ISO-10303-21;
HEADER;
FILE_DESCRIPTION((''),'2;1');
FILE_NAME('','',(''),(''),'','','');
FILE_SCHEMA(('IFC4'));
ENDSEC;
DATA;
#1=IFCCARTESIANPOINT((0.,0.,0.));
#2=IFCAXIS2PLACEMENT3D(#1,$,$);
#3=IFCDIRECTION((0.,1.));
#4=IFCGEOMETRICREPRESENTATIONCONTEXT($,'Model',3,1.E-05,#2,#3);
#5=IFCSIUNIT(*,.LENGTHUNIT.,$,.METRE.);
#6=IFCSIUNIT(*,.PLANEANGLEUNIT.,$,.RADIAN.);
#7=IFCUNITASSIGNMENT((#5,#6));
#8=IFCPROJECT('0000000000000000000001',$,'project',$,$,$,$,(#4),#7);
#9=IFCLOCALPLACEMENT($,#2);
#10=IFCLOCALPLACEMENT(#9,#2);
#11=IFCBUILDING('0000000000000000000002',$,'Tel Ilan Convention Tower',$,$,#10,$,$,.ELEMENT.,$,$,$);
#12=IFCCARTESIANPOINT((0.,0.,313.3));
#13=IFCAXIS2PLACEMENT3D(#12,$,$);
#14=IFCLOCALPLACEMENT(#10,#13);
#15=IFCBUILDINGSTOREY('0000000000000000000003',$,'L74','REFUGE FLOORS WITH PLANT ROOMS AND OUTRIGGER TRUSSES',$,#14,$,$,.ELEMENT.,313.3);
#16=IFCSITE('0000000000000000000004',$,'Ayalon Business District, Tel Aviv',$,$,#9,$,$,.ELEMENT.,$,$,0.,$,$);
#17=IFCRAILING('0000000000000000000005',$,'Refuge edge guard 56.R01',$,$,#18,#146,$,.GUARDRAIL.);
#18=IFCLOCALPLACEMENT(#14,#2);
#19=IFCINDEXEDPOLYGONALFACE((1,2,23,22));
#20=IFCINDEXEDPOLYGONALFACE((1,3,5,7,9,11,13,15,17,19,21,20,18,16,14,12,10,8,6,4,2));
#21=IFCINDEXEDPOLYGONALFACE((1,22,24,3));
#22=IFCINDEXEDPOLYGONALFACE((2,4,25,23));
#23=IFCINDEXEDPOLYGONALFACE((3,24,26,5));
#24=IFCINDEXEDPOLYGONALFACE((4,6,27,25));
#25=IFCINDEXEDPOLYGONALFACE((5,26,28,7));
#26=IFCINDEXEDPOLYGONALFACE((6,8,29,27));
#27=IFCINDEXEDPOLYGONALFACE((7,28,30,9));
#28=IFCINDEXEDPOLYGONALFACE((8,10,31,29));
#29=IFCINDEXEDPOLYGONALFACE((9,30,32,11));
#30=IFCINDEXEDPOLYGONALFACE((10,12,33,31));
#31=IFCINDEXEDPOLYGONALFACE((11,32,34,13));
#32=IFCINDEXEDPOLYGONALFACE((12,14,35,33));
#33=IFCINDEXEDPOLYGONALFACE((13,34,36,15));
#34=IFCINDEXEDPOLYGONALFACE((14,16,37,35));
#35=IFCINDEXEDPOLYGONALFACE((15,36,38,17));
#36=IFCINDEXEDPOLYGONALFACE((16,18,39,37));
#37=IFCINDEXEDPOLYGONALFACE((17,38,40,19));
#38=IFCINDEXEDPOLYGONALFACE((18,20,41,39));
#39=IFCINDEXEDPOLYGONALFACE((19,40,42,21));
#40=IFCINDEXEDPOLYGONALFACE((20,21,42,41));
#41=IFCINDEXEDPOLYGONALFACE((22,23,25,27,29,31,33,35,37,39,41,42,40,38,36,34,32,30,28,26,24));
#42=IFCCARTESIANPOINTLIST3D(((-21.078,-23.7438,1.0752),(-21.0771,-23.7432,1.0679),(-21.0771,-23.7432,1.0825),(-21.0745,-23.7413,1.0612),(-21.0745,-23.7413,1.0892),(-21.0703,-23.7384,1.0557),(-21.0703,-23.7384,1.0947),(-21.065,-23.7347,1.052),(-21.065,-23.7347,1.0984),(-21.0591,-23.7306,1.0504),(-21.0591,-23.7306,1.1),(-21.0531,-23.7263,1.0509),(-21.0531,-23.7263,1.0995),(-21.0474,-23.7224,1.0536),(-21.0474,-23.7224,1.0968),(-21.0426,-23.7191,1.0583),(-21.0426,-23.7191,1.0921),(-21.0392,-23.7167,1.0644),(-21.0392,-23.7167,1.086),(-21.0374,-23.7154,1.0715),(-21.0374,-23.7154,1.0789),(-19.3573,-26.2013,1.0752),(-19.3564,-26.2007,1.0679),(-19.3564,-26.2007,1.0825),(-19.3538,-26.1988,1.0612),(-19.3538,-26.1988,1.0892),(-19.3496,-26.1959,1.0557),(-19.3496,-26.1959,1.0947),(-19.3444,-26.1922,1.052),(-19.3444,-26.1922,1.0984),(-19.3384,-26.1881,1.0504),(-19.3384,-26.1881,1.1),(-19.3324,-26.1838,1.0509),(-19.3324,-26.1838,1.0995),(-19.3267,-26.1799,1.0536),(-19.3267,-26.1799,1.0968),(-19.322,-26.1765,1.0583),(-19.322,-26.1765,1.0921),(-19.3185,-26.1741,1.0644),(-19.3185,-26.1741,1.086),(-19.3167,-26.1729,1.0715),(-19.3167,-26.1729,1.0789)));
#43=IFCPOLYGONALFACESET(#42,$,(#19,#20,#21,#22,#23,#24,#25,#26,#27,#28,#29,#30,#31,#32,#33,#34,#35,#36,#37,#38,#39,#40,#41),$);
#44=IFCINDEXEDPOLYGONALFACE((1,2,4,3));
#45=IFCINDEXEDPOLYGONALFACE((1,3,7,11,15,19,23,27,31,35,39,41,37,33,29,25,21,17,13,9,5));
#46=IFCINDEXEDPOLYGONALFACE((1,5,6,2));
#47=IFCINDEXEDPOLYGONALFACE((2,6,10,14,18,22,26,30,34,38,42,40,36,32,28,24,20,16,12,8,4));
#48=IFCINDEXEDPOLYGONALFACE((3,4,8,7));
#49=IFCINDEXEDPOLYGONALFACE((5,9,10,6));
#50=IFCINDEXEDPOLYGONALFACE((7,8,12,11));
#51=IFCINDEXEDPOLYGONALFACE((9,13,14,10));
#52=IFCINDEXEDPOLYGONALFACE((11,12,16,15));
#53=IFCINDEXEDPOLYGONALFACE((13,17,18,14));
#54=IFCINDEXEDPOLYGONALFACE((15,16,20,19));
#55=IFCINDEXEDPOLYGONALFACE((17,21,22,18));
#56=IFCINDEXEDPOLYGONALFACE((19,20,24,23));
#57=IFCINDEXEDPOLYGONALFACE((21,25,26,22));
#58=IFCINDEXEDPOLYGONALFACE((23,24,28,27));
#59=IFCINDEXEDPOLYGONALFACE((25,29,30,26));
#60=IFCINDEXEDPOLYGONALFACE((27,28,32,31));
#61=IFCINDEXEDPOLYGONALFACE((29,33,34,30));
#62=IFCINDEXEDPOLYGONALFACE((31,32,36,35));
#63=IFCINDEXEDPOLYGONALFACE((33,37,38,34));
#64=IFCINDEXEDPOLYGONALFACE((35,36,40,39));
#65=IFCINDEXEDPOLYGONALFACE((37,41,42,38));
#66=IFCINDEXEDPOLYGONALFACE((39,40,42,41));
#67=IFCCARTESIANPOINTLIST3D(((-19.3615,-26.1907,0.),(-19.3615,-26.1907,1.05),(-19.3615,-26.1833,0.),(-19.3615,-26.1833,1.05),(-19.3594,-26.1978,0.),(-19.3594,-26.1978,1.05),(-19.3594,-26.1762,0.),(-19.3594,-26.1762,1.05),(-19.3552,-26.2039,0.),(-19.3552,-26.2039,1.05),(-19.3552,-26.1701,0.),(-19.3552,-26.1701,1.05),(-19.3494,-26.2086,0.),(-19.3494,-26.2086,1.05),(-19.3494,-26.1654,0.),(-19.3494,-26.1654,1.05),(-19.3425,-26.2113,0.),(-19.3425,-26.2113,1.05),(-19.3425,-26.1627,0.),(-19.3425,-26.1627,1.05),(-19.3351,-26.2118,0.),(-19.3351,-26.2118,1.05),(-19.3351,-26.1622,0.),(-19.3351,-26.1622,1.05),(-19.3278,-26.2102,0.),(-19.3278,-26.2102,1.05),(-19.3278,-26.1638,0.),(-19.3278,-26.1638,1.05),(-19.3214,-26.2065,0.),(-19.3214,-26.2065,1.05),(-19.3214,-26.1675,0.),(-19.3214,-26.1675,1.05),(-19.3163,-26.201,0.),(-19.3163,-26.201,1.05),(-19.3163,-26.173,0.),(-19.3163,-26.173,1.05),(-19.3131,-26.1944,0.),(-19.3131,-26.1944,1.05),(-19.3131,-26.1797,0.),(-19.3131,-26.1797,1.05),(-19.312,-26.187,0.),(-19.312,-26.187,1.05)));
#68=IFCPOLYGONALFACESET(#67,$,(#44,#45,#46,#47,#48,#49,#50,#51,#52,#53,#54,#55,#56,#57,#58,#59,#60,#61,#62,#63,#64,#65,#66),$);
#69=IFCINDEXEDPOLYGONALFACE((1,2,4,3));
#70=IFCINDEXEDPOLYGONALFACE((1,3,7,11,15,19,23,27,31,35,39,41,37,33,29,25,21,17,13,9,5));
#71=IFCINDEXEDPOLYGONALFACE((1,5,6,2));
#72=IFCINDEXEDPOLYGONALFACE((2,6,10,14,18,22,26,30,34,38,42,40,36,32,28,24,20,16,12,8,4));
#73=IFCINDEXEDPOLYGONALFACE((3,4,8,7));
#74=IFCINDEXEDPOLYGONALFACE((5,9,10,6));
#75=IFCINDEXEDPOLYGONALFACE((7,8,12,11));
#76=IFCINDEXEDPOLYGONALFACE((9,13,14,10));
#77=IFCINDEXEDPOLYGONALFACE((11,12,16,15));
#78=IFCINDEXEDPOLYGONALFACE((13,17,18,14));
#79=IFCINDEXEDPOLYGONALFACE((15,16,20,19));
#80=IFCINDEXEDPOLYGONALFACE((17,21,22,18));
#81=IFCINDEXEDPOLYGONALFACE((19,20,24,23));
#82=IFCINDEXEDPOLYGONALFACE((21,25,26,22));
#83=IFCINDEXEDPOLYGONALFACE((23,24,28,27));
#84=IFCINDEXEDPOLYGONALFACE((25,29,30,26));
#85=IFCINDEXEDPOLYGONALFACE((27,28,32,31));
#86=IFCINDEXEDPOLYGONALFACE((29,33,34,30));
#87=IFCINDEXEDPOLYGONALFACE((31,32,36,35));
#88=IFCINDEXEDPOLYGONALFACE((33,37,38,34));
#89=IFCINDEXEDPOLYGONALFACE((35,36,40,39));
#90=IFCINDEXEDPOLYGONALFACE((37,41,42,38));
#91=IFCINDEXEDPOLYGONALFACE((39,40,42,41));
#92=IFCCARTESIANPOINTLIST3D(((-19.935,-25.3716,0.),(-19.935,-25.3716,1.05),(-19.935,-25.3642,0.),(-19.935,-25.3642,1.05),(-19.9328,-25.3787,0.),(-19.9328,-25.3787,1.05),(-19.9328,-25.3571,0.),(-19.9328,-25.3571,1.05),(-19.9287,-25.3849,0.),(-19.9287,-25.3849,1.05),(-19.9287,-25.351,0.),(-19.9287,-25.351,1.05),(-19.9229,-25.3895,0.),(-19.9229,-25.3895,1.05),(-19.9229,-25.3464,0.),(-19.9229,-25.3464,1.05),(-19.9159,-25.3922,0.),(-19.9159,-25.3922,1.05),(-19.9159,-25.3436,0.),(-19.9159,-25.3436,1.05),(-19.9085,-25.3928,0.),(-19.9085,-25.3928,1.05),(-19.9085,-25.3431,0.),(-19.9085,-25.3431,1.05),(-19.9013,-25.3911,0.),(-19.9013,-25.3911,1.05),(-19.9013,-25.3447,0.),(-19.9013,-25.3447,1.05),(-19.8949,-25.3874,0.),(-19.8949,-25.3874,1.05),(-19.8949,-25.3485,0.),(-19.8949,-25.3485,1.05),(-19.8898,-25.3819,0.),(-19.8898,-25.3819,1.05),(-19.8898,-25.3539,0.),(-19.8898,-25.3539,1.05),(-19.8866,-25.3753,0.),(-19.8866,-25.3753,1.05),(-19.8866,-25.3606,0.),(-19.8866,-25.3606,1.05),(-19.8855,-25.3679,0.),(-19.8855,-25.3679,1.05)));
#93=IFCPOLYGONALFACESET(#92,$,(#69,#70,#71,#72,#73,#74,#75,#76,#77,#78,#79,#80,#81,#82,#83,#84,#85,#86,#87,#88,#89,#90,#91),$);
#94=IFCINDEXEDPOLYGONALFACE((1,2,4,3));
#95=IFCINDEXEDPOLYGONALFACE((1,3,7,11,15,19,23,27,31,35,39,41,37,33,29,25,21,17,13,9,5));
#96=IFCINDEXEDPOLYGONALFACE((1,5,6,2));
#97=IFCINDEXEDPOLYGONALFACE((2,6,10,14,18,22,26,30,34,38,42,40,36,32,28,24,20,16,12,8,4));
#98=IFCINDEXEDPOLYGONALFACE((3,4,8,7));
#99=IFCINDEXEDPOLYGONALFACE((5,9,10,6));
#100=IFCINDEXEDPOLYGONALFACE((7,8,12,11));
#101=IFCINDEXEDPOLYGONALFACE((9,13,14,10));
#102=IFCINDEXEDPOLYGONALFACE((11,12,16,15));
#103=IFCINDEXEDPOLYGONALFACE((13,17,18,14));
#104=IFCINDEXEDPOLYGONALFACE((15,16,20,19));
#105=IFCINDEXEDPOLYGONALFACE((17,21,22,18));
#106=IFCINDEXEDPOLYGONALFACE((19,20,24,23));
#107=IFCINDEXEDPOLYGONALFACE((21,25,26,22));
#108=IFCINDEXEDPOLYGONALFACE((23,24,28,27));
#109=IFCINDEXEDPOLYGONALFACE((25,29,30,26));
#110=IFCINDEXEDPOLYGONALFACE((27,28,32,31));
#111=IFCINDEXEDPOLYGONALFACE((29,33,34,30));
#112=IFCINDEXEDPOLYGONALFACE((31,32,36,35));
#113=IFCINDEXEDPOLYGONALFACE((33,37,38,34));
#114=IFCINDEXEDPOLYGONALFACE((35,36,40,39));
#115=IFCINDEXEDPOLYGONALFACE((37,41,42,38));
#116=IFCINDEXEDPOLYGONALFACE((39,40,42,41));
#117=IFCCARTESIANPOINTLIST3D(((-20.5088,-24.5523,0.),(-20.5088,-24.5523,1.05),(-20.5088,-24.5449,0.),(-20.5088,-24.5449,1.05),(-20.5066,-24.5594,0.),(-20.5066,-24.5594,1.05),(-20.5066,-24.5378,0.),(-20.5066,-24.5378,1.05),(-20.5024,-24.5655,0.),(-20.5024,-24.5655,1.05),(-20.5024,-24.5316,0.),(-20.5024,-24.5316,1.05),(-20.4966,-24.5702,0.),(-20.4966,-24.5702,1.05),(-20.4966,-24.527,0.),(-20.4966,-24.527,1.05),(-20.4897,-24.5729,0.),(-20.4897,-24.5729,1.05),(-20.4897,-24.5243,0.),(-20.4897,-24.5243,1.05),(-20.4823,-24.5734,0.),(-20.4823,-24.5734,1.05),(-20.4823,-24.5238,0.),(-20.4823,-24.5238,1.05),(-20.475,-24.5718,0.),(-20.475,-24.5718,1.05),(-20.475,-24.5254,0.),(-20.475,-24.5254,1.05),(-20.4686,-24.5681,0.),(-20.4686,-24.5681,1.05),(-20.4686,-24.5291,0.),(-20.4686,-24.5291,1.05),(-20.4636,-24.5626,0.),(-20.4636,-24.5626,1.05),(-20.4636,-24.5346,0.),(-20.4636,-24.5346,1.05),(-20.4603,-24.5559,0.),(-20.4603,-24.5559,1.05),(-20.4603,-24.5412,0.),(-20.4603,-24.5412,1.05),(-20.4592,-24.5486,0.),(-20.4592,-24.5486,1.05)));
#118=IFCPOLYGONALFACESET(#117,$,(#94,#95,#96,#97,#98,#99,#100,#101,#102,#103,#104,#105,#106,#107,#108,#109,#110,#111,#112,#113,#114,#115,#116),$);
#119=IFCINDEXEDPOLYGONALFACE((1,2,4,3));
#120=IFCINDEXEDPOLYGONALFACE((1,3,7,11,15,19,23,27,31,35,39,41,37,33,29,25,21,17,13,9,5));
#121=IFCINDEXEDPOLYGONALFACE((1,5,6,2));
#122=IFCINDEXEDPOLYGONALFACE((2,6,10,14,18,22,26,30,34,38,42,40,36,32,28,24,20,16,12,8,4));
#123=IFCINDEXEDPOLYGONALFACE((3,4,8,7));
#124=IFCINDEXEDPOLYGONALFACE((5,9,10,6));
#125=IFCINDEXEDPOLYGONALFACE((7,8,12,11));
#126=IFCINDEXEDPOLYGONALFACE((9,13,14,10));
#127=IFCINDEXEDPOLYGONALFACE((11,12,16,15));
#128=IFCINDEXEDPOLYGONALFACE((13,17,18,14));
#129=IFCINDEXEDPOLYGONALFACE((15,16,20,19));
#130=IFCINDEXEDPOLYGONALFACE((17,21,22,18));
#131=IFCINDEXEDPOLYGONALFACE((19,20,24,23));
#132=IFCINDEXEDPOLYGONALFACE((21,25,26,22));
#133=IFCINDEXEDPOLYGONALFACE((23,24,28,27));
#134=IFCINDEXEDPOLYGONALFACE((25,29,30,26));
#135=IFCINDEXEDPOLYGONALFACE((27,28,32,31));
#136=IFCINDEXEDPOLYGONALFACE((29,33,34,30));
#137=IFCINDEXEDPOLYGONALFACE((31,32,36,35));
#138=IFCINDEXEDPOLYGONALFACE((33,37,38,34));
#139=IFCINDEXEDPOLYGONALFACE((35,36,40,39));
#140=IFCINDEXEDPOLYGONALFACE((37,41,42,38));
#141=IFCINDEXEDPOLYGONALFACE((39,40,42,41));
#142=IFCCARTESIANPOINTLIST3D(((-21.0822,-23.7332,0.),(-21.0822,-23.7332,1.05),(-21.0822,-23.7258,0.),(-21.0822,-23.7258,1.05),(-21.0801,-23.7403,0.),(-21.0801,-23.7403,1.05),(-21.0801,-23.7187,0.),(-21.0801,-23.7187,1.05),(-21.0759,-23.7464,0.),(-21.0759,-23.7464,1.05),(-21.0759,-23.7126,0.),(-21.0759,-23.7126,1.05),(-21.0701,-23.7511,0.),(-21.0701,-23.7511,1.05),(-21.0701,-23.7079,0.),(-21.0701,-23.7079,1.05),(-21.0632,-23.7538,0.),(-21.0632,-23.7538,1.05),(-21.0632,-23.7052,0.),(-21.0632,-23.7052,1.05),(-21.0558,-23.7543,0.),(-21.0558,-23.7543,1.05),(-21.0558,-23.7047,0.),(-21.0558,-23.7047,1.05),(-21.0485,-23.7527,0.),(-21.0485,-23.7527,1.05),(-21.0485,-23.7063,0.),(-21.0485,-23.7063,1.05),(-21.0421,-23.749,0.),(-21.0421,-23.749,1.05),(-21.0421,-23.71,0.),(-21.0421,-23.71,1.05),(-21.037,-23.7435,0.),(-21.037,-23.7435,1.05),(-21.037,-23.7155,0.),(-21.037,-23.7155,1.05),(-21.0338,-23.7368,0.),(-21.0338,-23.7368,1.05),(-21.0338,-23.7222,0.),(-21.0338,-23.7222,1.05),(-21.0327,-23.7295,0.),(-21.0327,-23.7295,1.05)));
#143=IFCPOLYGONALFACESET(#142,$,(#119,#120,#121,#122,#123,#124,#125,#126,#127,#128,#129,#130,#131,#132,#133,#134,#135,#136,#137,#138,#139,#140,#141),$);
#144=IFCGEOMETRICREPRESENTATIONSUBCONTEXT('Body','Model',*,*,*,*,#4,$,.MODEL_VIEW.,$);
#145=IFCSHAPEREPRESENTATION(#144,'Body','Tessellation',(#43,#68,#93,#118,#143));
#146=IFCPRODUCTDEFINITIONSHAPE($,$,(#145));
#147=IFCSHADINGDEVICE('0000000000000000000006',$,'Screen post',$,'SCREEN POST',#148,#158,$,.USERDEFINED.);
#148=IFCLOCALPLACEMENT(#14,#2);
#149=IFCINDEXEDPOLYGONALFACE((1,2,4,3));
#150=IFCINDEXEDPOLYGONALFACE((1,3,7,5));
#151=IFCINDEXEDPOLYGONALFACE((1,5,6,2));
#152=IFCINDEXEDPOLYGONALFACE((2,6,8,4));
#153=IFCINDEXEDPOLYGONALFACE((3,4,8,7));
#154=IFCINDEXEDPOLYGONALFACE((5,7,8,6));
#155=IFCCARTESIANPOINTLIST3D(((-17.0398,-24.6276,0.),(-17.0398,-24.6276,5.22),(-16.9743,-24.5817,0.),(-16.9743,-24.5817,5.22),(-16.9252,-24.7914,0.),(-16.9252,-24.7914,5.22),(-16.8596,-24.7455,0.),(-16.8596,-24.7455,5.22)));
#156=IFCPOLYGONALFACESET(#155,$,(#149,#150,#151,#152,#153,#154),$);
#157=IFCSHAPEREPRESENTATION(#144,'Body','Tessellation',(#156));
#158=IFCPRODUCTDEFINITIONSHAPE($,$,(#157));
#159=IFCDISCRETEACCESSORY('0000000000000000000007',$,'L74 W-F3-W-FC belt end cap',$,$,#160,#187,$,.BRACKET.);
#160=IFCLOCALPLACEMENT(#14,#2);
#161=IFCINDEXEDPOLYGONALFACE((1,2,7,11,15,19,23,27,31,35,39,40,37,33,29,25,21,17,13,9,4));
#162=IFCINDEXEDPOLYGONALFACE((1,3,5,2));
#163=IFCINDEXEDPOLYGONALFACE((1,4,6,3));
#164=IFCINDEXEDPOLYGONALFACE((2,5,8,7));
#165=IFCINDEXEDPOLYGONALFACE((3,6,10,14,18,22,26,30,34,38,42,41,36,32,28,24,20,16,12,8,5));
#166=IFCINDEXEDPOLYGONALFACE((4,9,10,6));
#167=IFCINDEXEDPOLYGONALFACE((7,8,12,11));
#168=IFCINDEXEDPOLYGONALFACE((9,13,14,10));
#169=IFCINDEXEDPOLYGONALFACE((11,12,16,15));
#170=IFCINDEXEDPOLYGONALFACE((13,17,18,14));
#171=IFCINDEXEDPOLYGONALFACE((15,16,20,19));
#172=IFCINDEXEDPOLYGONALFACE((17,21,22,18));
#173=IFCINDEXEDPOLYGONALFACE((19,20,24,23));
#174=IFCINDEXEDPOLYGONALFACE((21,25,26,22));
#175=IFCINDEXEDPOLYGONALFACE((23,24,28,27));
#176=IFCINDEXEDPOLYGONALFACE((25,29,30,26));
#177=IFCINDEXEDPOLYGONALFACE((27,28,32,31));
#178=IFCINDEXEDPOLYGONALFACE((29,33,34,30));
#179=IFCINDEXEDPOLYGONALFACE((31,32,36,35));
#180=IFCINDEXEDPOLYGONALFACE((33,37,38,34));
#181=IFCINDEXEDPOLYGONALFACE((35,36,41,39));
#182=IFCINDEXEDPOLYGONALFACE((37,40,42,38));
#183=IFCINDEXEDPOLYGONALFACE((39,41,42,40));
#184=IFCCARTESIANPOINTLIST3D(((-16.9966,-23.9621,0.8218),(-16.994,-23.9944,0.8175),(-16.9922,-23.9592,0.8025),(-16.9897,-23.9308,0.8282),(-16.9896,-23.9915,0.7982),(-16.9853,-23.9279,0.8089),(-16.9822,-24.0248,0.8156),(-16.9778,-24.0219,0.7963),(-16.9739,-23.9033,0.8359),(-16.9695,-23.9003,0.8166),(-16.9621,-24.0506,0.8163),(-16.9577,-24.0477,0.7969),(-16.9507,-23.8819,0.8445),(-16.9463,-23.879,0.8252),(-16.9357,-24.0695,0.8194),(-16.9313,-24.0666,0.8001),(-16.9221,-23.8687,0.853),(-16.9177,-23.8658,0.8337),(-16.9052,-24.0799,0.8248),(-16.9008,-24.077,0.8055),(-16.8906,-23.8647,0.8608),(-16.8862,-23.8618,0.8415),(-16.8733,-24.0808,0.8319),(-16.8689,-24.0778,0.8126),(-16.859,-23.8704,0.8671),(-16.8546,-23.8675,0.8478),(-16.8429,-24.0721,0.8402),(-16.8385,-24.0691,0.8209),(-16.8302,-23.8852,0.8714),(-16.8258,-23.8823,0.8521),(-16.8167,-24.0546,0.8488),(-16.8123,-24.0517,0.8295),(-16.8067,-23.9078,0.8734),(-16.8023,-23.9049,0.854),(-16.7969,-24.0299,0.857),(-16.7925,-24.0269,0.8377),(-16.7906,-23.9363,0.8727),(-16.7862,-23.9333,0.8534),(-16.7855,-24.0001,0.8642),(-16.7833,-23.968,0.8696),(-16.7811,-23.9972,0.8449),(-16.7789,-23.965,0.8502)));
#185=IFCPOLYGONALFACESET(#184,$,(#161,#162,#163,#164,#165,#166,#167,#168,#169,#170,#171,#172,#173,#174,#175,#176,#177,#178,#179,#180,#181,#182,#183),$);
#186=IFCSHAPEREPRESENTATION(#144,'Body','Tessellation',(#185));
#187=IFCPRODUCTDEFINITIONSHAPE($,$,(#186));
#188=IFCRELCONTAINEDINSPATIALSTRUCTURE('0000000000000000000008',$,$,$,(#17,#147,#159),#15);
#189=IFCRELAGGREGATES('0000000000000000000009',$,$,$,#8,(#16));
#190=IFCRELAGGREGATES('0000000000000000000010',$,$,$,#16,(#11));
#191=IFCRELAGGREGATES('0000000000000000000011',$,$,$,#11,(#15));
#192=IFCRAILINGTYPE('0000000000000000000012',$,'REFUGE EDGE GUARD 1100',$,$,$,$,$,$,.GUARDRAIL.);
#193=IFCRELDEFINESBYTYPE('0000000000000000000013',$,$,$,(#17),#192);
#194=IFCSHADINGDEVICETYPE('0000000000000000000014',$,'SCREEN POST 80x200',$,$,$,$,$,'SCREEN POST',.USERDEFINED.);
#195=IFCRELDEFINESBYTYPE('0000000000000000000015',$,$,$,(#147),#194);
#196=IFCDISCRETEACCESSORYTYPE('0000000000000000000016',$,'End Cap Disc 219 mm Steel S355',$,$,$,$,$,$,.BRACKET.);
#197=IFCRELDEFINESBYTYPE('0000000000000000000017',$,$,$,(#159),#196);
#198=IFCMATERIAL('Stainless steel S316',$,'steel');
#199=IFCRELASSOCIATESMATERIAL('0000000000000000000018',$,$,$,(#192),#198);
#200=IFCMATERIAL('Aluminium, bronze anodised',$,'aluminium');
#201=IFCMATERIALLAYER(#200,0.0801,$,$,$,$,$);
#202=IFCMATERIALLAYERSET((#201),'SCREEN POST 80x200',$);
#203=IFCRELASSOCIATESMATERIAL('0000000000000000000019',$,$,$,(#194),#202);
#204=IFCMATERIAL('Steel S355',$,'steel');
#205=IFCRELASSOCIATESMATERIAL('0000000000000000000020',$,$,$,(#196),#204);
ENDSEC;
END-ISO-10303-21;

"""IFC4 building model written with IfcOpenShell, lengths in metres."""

from ifc_helpers import new_model, si_unit, direction, frame, origin, origin_2d, place, context, subcontext, project, spatial, rectangle, circle, extrude, material, layer, layer_set, material_profile, profile_set, type_object, element, save


model = new_model("IFC4")

# Units and contexts
model_context = context("Model", 3, precision=1e-05, world=origin(), true_north=direction((0.0, 1.0)))
body_context = subcontext(model_context, "Body", "Model", "MODEL_VIEW")
ifc_project = project(units=[si_unit("LENGTHUNIT", "METRE"), si_unit("PLANEANGLEUNIT", "RADIAN")], contexts=[model_context])

# Site, building, storey
site_placement = place(None, origin())
site = spatial("IfcSite", under=ifc_project, at=site_placement, Name="Ayalon Business District, Tel Aviv", CompositionType="ELEMENT", RefElevation=0.0)
building_placement = place(site_placement, origin())
building = spatial("IfcBuilding", under=site, at=building_placement, Name="Tel Ilan Convention Tower", CompositionType="ELEMENT")
storey_placement = place(building_placement, frame((0.0, 0.0, 313.3)))
storey = spatial("IfcBuildingStorey", under=building, at=storey_placement, Name="L74", Description="REFUGE FLOORS WITH PLANT ROOMS AND OUTRIGGER TRUSSES", CompositionType="ELEMENT", Elevation=313.3)

# Railing
ifc_material_1 = material(Name="Stainless steel S316", Category="steel")
railing_type = type_object("IfcRailingType", Name="REFUGE EDGE GUARD 1100", PredefinedType="GUARDRAIL", material=ifc_material_1)
railing_placement = place(storey_placement, frame((-19.3369, -26.187, 0.0)))
element("IfcRailing", 1, at=railing_placement, inside=storey, type_object=railing_type, Name="Refuge edge guard 56.R01", PredefinedType="GUARDRAIL", context=body_context, shape_type="SweptSolid", body=[
    extrude(circle(Radius=0.0249, at=origin_2d()), frame((0.0, 0.0, 1.0752), z_axis=(-0.573561, 0.819163, 0.0), x_axis=(-0.819163, -0.573561, 0.0)), (0.0, 0.0, 1.0), 3.0),
    extrude(circle(Radius=0.0249, at=origin_2d()), origin(), (0.0, 0.0, 1.0), 1.05),
    extrude(circle(Radius=0.0249, at=origin_2d()), frame((-0.5735, 0.8191, 0.0)), (0.0, 0.0, 1.0), 1.05),
    extrude(circle(Radius=0.0249, at=origin_2d()), frame((-1.1472, 1.6384, 0.0)), (0.0, 0.0, 1.0), 1.05),
    extrude(circle(Radius=0.0249, at=origin_2d()), frame((-1.7207, 2.4575, 0.0)), (0.0, 0.0, 1.0), 1.05),
])

# Shading device
ifc_material_2 = material(Name="Aluminium, bronze anodised", Category="aluminium")
ifc_layer_1 = layer(ifc_material_2, 0.0801)
ifc_layer_set_1 = layer_set([ifc_layer_1], Name="SCREEN POST 80x200")
shading_device_type_1 = type_object("IfcShadingDeviceType", Name="SCREEN POST 80x200", ElementType="SCREEN POST", PredefinedType="USERDEFINED", material=ifc_layer_set_1)
shading_device_1_placement = place(storey_placement, frame((-16.9497, -24.6865, 0.0), z_axis=(0.0, 0.0, 1.0), x_axis=(0.819152, 0.573576, 0.0)))
element("IfcShadingDevice", 2, at=shading_device_1_placement, inside=storey, type_object=shading_device_type_1, Name="Screen post", ObjectType="SCREEN POST", PredefinedType="USERDEFINED", context=body_context, shape_type="SweptSolid", body=[
    extrude(rectangle(XDim=0.0801, YDim=0.2, at=origin_2d()), origin(), (0.0, 0.0, 1.0), 5.22),
])

# Discrete accessory
ifc_material_3 = material(Name="Steel S355", Category="steel")
ifc_material_profile_1 = material_profile(ifc_material_3, circle(Radius=0.1096, at=origin_2d()), Name="End Cap Disc 219 mm Steel S355")
ifc_profile_set_1 = profile_set([ifc_material_profile_1], Name="Steel S355")
discrete_accessory_type_1 = type_object("IfcDiscreteAccessoryType", Name="End Cap Disc 219 mm Steel S355", PredefinedType="BRACKET", material=ifc_profile_set_1)
for number, where, z_axis, x_axis, name in (
    (3, (-16.8899, -23.9731, 0.8445), (0.219757, 0.146505, -0.964491), (-0.5547, 0.83205, 0.0), "L74 W-F3-W-FC belt end cap"),
):
    element("IfcDiscreteAccessory", number, at=place(storey_placement, frame(where, z_axis=z_axis, x_axis=x_axis)), inside=storey, type_object=discrete_accessory_type_1, Name=name, PredefinedType="BRACKET", context=body_context, shape_type="SweptSolid", body=[
        extrude(circle(Radius=0.1096, at=origin_2d()), origin(), (0.0, 0.0, 1.0), 0.02),
    ])

save(model, "model.ifc")
